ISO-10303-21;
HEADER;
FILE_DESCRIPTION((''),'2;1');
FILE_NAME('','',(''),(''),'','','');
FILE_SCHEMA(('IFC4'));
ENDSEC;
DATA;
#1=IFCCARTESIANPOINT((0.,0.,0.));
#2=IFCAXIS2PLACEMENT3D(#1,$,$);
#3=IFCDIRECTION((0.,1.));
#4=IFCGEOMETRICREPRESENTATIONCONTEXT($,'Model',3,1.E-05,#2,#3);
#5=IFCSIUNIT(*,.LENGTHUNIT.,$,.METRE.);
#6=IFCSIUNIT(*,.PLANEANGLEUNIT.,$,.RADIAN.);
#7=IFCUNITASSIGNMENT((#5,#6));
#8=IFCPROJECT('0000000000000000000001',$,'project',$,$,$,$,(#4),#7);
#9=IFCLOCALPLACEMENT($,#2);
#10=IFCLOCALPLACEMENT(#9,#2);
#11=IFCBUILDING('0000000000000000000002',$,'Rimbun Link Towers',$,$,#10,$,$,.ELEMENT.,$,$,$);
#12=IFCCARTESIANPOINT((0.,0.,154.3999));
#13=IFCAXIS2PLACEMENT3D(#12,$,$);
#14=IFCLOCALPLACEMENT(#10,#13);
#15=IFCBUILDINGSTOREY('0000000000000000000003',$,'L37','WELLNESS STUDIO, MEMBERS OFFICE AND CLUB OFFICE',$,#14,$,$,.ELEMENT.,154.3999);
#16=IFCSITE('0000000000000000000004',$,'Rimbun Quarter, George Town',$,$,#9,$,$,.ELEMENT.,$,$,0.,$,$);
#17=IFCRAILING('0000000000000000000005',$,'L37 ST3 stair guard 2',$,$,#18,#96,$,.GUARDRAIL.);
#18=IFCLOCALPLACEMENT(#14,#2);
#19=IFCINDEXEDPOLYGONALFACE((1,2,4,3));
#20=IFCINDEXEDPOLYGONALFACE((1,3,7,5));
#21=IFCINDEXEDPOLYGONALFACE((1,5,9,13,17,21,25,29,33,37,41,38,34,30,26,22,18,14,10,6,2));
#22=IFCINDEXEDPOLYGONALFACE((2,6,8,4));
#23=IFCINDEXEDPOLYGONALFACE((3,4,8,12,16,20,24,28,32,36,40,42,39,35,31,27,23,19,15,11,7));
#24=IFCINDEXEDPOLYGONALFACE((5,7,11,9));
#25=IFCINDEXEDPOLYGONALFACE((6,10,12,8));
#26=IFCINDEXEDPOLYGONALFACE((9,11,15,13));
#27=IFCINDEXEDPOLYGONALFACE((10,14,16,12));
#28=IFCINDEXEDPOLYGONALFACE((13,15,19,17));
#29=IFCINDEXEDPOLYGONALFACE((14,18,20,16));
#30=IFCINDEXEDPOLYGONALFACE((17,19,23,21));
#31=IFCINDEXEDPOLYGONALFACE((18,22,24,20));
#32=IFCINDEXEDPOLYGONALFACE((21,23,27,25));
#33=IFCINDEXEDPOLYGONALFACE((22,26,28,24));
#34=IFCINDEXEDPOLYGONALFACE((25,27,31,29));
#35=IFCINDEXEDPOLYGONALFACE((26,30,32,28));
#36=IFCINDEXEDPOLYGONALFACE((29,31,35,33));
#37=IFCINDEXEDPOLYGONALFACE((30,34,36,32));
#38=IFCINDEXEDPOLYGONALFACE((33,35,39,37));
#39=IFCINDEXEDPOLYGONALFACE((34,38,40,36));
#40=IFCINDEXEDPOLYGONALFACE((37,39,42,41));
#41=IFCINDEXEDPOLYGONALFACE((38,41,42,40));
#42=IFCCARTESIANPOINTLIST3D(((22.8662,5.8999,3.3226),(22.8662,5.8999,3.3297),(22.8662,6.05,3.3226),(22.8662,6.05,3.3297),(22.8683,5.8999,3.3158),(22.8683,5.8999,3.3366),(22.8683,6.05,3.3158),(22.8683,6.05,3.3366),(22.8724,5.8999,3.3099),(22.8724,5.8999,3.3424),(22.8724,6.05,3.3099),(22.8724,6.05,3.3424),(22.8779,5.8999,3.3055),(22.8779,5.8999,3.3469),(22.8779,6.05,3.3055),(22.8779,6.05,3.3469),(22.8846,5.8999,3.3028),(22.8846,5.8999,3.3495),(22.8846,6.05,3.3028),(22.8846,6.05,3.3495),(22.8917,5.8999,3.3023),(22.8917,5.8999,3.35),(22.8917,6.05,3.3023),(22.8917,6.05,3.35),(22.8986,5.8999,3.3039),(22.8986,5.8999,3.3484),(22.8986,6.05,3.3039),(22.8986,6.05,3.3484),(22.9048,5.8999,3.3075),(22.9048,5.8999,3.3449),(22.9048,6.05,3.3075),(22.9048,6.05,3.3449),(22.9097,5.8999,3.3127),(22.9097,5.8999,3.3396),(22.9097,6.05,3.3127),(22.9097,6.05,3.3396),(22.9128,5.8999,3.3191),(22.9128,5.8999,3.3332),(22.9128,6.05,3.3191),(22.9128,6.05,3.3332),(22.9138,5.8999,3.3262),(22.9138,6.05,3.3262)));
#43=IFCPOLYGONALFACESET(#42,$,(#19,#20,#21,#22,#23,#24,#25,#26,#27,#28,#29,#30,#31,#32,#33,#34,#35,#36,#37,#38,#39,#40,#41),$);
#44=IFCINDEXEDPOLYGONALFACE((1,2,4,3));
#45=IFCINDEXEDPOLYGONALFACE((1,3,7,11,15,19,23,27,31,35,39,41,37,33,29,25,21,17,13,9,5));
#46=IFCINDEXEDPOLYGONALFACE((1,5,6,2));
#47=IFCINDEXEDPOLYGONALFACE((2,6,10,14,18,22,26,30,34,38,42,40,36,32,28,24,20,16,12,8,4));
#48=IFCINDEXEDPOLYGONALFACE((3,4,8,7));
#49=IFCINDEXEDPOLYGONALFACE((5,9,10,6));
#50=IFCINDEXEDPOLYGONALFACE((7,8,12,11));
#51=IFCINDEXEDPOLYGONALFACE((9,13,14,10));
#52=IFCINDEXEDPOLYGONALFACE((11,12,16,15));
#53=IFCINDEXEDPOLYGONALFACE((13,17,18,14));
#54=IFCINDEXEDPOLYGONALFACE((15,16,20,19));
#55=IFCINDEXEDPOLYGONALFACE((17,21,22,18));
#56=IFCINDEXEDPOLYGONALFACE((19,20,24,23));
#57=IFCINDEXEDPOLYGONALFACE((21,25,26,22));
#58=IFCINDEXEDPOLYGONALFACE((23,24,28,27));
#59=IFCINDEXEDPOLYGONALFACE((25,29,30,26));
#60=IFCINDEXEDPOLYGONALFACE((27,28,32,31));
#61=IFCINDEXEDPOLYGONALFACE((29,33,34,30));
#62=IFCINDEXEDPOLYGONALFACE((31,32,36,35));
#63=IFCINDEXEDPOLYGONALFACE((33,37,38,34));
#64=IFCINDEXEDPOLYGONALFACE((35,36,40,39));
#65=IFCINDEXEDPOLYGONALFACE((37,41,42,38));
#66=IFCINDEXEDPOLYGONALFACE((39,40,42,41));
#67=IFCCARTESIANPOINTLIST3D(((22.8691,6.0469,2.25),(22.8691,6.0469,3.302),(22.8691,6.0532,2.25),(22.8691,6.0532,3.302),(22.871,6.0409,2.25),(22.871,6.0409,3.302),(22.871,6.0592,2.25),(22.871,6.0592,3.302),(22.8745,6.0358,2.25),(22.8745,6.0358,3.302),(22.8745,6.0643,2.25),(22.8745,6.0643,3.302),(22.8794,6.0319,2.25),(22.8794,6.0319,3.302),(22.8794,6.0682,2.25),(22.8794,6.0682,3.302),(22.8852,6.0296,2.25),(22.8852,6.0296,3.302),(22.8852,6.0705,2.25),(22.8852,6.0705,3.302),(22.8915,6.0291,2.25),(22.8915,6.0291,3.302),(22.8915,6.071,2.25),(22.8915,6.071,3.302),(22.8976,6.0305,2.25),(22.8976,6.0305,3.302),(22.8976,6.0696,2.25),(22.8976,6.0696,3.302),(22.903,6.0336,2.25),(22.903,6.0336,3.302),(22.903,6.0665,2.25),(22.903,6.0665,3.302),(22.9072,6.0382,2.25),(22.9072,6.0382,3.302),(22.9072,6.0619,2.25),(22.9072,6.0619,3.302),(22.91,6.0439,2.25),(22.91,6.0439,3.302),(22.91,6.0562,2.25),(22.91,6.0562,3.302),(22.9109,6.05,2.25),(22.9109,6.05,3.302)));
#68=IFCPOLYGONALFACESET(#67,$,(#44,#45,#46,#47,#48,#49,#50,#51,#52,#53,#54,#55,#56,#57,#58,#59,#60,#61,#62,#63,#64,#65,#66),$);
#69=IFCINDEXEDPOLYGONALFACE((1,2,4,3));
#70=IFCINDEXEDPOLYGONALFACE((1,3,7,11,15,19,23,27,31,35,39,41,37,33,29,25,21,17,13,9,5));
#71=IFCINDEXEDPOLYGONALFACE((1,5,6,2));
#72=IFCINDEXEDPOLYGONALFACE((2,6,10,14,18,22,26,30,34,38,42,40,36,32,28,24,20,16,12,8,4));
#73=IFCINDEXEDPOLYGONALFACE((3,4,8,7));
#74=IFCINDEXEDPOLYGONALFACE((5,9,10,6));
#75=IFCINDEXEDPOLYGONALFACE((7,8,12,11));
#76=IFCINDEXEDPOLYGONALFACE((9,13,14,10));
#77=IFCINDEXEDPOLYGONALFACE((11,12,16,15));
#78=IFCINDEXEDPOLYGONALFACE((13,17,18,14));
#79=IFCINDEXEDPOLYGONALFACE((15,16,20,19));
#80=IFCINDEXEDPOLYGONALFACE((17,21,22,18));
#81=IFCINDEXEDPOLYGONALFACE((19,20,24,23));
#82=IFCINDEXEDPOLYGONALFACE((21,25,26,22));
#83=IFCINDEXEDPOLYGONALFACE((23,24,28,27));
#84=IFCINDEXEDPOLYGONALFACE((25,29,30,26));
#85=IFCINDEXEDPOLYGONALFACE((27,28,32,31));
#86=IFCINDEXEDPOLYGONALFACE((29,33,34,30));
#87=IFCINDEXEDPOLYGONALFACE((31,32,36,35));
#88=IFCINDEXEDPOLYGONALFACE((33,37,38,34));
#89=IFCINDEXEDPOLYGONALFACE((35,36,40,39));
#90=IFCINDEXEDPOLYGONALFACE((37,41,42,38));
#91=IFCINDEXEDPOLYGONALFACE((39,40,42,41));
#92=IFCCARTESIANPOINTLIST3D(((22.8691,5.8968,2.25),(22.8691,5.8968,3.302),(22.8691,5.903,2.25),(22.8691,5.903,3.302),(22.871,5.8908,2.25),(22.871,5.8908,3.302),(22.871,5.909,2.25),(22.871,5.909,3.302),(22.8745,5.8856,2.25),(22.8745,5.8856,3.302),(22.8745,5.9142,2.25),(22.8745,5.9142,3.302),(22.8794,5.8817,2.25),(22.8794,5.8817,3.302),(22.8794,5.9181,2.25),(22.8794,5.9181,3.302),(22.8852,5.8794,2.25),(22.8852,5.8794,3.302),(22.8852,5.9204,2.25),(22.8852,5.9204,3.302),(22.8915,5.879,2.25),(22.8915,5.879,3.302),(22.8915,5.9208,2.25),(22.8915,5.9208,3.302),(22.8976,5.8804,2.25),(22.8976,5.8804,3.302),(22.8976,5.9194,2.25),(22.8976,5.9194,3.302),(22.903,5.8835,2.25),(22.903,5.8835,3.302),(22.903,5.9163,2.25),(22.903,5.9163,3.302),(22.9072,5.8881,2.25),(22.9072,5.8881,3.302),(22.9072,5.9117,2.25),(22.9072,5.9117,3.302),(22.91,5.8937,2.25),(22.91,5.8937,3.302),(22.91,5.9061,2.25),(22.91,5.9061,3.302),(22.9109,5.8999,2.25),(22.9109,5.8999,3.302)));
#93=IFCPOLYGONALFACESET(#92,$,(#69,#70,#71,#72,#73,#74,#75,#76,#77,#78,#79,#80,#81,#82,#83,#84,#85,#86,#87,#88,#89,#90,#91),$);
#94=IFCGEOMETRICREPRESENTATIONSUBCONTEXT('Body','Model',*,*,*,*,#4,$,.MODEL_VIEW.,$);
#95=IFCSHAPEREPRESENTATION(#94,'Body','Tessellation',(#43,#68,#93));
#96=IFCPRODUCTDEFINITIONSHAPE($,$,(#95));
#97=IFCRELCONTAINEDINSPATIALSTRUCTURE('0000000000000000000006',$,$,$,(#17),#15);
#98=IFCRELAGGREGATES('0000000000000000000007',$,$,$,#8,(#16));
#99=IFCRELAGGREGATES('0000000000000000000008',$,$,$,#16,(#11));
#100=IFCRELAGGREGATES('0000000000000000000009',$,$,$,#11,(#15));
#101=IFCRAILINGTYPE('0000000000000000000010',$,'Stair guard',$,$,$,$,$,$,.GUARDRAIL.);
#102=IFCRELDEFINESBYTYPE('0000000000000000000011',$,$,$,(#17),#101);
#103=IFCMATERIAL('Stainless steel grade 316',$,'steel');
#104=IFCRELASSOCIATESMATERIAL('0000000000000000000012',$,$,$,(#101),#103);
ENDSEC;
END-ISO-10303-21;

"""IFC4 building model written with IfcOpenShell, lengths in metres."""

from ifc_helpers import new_model, si_unit, direction, frame, origin, origin_2d, place, context, subcontext, project, spatial, circle, extrude, material, type_object, element, save


model = new_model("IFC4")

# Units and contexts
model_context = context("Model", 3, precision=1e-05, world=origin(), true_north=direction((0.0, 1.0)))
body_context = subcontext(model_context, "Body", "Model", "MODEL_VIEW")
ifc_project = project(units=[si_unit("LENGTHUNIT", "METRE"), si_unit("PLANEANGLEUNIT", "RADIAN")], contexts=[model_context])

# Site, building, storey
site_placement = place(None, origin())
site = spatial("IfcSite", under=ifc_project, at=site_placement, Name="Rimbun Quarter, George Town", CompositionType="ELEMENT", RefElevation=0.0)
building_placement = place(site_placement, origin())
building = spatial("IfcBuilding", under=site, at=building_placement, Name="Rimbun Link Towers", CompositionType="ELEMENT")
storey_placement = place(building_placement, frame((0.0, 0.0, 154.3999)))
storey = spatial("IfcBuildingStorey", under=building, at=storey_placement, Name="L37", Description="WELLNESS STUDIO, MEMBERS OFFICE AND CLUB OFFICE", CompositionType="ELEMENT", Elevation=154.3999)

# Railing
ifc_material_1 = material(Name="Stainless steel grade 316", Category="steel")
railing_type_1 = type_object("IfcRailingType", Name="Stair guard", PredefinedType="GUARDRAIL", material=ifc_material_1)
railing_1_placement = place(storey_placement, frame((22.8899, 6.05, 2.25)))
element("IfcRailing", 1, at=railing_1_placement, inside=storey, type_object=railing_type_1, Name="L37 ST3 stair guard 2", PredefinedType="GUARDRAIL", context=body_context, shape_type="SweptSolid", body=[
    extrude(circle(Radius=0.0239, at=origin_2d()), frame((0.0, 0.0, 1.0762), z_axis=(0.0, -1.0, 0.0), x_axis=(1.0, 0.0, 0.0)), (0.0, 0.0, 1.0), 0.1501),
    extrude(circle(Radius=0.021, at=origin_2d()), origin(), (0.0, 0.0, 1.0), 1.052),
    extrude(circle(Radius=0.021, at=origin_2d()), frame((0.0, -0.1501, 0.0)), (0.0, 0.0, 1.0), 1.052),
])

save(model, "model.ifc")
